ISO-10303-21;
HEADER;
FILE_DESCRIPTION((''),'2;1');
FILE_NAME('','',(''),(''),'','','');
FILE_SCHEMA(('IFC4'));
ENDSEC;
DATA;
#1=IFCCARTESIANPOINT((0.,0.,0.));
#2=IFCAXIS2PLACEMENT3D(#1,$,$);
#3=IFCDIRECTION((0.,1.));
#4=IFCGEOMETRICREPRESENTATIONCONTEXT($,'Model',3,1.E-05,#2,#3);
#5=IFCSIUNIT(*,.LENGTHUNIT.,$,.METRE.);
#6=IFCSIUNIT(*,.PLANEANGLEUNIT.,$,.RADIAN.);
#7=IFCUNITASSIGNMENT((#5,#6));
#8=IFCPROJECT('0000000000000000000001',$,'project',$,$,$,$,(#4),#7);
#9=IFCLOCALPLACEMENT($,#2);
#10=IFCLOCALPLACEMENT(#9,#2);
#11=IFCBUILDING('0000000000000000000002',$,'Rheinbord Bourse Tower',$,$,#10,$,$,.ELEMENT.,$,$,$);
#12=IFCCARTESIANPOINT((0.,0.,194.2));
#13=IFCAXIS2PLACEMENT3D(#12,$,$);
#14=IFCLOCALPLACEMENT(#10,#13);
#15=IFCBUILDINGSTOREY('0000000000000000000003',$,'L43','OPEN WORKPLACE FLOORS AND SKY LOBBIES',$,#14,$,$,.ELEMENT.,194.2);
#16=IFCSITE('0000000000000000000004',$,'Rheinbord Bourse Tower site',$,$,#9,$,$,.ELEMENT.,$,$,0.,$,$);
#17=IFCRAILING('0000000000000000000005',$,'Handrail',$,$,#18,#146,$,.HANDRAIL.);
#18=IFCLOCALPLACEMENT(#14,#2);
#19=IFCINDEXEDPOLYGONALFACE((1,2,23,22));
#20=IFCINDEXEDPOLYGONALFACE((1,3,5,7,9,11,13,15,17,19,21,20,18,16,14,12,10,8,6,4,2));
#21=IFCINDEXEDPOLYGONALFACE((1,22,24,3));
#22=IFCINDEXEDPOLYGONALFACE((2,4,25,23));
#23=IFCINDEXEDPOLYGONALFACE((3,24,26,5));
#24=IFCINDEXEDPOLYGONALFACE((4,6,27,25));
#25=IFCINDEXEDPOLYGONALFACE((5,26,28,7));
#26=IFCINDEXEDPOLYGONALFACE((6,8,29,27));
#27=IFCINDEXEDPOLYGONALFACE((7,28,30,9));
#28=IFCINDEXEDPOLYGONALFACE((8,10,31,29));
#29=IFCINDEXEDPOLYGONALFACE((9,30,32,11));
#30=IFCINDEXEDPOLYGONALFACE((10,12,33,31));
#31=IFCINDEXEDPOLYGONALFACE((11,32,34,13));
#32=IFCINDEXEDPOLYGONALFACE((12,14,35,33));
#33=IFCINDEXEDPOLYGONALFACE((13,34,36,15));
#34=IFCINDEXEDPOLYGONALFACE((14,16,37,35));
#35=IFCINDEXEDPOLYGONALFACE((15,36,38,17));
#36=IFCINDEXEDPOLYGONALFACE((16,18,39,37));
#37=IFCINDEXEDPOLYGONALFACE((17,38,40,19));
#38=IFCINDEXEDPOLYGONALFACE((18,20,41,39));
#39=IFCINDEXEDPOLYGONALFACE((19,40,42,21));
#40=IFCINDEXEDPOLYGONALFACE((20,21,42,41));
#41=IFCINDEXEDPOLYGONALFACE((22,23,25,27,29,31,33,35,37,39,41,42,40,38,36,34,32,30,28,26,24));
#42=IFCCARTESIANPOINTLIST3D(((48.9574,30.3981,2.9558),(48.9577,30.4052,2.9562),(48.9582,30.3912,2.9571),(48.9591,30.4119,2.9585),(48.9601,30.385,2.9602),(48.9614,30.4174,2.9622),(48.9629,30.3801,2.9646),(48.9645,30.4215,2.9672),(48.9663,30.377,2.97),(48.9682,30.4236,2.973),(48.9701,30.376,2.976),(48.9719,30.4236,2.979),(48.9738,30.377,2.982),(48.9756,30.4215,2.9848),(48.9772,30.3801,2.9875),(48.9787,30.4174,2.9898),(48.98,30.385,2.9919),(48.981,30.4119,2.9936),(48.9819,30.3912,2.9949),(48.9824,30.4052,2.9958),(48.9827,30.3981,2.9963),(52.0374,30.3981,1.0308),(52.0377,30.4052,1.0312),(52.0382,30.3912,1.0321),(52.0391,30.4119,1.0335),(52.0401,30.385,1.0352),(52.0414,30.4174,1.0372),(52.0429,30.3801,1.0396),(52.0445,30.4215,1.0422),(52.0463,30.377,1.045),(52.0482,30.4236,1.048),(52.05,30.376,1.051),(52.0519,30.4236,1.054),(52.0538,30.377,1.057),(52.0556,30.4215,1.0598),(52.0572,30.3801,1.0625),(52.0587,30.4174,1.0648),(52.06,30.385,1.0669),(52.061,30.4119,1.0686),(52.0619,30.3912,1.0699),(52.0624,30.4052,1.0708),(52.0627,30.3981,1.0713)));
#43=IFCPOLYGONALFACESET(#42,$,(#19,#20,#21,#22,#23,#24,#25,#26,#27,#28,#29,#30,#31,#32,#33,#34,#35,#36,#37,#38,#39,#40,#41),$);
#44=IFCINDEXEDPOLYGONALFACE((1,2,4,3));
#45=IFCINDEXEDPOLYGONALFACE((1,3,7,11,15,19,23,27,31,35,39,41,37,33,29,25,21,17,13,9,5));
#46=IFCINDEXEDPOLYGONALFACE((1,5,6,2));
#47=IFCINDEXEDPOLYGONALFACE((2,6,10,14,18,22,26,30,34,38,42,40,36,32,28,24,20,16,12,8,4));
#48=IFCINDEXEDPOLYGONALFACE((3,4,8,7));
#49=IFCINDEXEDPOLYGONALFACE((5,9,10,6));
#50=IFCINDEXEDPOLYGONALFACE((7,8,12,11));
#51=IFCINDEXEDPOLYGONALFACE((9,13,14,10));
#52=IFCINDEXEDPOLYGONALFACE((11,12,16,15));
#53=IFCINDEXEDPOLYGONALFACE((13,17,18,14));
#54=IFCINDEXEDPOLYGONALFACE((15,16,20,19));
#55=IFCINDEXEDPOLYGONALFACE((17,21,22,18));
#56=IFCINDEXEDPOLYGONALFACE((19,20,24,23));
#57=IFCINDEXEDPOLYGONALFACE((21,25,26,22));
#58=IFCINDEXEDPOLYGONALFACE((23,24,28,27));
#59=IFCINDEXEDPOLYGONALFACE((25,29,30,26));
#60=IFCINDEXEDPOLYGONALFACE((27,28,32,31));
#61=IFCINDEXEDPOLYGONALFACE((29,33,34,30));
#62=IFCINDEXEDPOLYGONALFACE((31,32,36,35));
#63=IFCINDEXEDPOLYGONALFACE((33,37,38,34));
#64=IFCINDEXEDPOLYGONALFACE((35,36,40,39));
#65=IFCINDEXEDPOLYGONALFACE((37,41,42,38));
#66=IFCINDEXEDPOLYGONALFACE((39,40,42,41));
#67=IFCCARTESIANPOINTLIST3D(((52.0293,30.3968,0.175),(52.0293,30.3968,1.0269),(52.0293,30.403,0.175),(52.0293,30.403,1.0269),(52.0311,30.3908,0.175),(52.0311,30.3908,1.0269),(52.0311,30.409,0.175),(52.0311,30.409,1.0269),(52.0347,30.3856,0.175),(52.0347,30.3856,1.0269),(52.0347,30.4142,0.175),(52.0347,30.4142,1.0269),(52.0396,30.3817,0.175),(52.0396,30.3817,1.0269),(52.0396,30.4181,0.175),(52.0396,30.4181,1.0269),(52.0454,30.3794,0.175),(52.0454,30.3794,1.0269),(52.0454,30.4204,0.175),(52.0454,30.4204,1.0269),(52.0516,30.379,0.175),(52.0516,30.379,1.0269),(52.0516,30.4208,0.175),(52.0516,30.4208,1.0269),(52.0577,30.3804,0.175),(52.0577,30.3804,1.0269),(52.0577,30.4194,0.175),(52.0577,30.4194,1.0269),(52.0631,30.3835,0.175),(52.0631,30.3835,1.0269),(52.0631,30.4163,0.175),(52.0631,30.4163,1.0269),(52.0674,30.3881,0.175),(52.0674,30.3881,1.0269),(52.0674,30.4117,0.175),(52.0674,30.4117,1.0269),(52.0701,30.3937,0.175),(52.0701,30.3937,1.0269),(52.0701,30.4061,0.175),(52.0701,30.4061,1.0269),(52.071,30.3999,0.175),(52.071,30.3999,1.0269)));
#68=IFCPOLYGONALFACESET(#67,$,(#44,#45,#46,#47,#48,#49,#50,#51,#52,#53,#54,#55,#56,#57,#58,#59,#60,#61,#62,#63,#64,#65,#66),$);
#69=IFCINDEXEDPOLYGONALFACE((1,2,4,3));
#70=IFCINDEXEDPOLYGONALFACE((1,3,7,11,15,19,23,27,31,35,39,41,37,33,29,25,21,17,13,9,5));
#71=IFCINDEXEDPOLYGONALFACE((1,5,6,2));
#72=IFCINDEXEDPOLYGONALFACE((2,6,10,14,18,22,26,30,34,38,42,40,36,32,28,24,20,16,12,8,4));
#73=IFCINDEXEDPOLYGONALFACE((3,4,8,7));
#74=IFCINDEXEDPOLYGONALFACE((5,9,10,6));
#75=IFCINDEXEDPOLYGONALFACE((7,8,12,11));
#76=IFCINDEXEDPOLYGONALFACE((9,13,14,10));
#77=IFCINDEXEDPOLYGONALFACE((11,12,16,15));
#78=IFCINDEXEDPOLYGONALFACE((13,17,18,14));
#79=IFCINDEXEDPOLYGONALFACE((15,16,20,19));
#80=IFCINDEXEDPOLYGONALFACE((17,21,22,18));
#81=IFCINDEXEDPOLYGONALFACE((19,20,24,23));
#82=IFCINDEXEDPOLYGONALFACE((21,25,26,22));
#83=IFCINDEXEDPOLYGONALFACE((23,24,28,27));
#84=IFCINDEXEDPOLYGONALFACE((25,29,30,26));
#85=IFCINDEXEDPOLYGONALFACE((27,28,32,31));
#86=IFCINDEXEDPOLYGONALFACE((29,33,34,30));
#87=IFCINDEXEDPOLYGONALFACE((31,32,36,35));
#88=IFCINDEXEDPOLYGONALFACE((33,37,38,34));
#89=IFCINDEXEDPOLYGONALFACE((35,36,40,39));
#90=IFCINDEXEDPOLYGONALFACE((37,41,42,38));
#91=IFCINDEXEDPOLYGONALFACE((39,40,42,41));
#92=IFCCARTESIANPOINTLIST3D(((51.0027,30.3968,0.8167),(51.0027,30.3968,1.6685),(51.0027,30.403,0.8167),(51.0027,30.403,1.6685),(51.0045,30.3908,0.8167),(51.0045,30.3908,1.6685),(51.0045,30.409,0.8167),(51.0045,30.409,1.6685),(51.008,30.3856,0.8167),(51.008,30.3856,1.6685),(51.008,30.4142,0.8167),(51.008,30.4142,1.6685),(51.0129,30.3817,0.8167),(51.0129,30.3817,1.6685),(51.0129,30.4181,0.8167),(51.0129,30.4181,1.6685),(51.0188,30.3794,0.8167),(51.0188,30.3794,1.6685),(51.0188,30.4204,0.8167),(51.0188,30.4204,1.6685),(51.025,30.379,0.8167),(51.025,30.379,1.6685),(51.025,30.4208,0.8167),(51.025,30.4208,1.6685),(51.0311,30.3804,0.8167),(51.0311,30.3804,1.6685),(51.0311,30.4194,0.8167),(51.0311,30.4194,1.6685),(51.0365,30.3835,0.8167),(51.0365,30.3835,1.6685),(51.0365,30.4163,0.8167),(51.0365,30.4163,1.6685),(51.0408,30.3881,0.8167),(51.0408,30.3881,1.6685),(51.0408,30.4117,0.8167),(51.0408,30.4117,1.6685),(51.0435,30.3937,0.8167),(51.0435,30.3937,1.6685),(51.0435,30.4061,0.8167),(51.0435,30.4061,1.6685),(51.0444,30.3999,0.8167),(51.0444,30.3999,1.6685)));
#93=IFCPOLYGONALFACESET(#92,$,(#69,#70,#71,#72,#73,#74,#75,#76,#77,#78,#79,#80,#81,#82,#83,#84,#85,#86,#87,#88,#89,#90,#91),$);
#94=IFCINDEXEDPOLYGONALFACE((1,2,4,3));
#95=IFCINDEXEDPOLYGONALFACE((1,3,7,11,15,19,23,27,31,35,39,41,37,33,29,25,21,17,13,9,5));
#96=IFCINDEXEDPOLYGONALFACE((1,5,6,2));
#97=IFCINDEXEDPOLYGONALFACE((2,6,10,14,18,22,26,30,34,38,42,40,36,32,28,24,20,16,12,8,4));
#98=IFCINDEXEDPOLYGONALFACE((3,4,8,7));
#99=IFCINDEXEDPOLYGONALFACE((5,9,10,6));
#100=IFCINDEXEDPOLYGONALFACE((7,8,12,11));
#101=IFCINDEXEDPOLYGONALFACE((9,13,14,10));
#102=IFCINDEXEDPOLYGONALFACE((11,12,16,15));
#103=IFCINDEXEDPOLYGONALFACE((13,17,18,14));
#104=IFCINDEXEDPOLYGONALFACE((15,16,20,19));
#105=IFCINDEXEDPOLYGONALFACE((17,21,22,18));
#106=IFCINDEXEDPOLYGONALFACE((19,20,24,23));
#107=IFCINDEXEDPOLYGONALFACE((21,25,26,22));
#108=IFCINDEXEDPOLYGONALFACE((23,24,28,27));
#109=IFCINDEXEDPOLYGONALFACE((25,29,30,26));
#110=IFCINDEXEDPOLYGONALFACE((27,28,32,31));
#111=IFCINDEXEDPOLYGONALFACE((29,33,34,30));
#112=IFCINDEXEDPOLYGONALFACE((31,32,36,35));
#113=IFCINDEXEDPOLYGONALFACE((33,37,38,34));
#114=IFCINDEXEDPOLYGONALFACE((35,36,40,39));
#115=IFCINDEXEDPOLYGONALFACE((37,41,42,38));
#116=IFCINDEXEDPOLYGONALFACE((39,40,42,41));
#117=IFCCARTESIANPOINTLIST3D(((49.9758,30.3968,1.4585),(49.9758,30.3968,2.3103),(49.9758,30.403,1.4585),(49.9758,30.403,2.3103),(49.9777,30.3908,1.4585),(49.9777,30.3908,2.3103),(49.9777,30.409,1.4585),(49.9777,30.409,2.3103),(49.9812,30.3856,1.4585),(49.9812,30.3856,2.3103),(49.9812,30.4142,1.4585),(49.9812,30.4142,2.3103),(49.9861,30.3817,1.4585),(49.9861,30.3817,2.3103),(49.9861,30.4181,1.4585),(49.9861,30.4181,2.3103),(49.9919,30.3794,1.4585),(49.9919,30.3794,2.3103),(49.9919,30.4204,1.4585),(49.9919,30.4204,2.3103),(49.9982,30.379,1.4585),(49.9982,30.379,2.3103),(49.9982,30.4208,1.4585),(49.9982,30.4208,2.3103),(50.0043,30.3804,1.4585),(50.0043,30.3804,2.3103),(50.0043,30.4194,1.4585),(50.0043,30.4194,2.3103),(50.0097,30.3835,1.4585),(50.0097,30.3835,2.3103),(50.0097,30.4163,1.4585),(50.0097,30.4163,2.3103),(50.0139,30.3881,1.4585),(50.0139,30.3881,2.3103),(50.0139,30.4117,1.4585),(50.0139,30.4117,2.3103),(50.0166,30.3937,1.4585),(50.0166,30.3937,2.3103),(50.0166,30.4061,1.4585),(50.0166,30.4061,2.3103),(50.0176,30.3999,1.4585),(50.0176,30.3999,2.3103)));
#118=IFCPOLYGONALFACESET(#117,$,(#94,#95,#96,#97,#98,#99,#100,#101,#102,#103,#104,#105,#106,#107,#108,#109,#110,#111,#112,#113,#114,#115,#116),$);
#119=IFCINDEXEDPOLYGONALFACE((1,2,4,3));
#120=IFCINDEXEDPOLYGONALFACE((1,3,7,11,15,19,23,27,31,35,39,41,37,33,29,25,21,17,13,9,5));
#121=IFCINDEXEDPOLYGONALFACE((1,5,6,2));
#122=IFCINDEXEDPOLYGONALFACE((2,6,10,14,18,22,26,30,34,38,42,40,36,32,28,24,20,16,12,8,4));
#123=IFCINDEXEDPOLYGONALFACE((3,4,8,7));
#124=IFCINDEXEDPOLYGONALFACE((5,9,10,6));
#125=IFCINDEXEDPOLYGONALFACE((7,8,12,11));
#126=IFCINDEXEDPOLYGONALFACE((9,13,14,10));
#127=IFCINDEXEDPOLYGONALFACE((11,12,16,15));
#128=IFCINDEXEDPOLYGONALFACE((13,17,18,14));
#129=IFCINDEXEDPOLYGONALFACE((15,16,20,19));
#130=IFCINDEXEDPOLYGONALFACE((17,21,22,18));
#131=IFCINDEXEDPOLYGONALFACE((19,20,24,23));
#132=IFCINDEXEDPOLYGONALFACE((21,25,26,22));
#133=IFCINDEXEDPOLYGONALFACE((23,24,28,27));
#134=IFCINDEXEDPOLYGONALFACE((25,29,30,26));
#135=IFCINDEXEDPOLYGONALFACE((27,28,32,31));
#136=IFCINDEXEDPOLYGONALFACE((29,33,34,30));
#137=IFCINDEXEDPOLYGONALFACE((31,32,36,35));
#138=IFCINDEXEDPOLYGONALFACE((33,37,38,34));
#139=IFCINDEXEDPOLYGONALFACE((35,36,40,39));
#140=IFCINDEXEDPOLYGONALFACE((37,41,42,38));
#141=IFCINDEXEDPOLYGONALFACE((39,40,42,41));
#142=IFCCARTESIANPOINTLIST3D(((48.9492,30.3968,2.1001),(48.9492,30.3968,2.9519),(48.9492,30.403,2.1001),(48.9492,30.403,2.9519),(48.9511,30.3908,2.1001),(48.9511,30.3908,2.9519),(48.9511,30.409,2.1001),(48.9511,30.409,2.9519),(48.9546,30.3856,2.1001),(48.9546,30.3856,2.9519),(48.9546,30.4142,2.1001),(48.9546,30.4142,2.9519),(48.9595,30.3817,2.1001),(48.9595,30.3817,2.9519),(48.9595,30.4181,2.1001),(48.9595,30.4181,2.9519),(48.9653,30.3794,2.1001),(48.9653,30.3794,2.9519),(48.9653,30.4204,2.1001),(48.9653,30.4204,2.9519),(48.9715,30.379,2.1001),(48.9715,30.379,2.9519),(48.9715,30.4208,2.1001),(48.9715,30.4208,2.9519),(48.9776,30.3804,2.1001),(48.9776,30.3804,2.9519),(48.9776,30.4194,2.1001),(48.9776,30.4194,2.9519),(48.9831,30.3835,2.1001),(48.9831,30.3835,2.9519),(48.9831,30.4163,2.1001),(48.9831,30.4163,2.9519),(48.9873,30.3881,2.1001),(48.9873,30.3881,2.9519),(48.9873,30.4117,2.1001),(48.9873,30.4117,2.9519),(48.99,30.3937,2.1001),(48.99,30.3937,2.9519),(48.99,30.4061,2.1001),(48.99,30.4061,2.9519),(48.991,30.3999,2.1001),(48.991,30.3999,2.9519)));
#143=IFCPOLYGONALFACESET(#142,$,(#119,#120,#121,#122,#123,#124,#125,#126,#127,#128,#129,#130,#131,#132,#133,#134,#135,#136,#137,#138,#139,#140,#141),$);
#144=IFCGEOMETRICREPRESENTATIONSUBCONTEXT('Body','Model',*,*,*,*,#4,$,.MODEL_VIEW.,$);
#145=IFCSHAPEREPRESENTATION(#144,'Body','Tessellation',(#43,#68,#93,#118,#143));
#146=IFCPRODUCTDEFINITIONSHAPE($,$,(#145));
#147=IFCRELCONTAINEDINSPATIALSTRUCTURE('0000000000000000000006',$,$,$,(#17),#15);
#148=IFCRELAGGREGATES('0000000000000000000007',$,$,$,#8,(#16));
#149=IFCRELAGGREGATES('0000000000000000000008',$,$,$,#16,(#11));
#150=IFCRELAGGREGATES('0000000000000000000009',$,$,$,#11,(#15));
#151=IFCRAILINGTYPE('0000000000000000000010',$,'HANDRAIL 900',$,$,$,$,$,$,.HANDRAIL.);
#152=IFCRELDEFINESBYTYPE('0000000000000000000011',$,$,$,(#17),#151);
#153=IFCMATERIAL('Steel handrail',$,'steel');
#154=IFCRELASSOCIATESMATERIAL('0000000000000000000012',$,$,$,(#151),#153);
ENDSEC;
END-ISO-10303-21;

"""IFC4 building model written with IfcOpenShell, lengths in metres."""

from ifc_helpers import new_model, si_unit, direction, frame, origin, origin_2d, place, context, subcontext, project, spatial, circle, extrude, material, type_object, element, save


model = new_model("IFC4")

# Units and contexts
model_context = context("Model", 3, precision=1e-05, world=origin(), true_north=direction((0.0, 1.0)))
body_context = subcontext(model_context, "Body", "Model", "MODEL_VIEW")
ifc_project = project(units=[si_unit("LENGTHUNIT", "METRE"), si_unit("PLANEANGLEUNIT", "RADIAN")], contexts=[model_context])

# Site, building, storey
site_placement = place(None, origin())
site = spatial("IfcSite", under=ifc_project, at=site_placement, Name="Rheinbord Bourse Tower site", CompositionType="ELEMENT", RefElevation=0.0)
building_placement = place(site_placement, origin())
building = spatial("IfcBuilding", under=site, at=building_placement, Name="Rheinbord Bourse Tower", CompositionType="ELEMENT")
storey_placement = place(building_placement, frame((0.0, 0.0, 194.2)))
storey = spatial("IfcBuildingStorey", under=building, at=storey_placement, Name="L43", Description="OPEN WORKPLACE FLOORS AND SKY LOBBIES", CompositionType="ELEMENT", Elevation=194.2)

# Railing
ifc_material_1 = material(Name="Steel handrail", Category="steel")
railing_type = type_object("IfcRailingType", Name="HANDRAIL 900", PredefinedType="HANDRAIL", material=ifc_material_1)
railing_1_placement = place(storey_placement, frame((52.05, 30.3999, 0.175)))
element("IfcRailing", 1, at=railing_1_placement, inside=storey, type_object=railing_type, Name="Handrail", PredefinedType="HANDRAIL", context=body_context, shape_type="SweptSolid", body=[
    extrude(circle(Radius=0.0239, at=origin_2d()), frame((0.0, 0.0, 0.876), z_axis=(-0.847998, 0.0, 0.529999), x_axis=(0.0, -1.0, 0.0)), (0.0, 0.0, 1.0), 3.6321),
    extrude(circle(Radius=0.021, at=origin_2d()), origin(), (0.0, 0.0, 1.0), 0.8518),
    extrude(circle(Radius=0.021, at=origin_2d()), frame((-1.0266, 0.0, 0.6416)), (0.0, 0.0, 1.0), 0.8518),
    extrude(circle(Radius=0.021, at=origin_2d()), frame((-2.0535, 0.0, 1.2834)), (0.0, 0.0, 1.0), 0.8518),
    extrude(circle(Radius=0.021, at=origin_2d()), frame((-3.0801, 0.0, 1.925)), (0.0, 0.0, 1.0), 0.8518),
])

save(model, "model.ifc")
